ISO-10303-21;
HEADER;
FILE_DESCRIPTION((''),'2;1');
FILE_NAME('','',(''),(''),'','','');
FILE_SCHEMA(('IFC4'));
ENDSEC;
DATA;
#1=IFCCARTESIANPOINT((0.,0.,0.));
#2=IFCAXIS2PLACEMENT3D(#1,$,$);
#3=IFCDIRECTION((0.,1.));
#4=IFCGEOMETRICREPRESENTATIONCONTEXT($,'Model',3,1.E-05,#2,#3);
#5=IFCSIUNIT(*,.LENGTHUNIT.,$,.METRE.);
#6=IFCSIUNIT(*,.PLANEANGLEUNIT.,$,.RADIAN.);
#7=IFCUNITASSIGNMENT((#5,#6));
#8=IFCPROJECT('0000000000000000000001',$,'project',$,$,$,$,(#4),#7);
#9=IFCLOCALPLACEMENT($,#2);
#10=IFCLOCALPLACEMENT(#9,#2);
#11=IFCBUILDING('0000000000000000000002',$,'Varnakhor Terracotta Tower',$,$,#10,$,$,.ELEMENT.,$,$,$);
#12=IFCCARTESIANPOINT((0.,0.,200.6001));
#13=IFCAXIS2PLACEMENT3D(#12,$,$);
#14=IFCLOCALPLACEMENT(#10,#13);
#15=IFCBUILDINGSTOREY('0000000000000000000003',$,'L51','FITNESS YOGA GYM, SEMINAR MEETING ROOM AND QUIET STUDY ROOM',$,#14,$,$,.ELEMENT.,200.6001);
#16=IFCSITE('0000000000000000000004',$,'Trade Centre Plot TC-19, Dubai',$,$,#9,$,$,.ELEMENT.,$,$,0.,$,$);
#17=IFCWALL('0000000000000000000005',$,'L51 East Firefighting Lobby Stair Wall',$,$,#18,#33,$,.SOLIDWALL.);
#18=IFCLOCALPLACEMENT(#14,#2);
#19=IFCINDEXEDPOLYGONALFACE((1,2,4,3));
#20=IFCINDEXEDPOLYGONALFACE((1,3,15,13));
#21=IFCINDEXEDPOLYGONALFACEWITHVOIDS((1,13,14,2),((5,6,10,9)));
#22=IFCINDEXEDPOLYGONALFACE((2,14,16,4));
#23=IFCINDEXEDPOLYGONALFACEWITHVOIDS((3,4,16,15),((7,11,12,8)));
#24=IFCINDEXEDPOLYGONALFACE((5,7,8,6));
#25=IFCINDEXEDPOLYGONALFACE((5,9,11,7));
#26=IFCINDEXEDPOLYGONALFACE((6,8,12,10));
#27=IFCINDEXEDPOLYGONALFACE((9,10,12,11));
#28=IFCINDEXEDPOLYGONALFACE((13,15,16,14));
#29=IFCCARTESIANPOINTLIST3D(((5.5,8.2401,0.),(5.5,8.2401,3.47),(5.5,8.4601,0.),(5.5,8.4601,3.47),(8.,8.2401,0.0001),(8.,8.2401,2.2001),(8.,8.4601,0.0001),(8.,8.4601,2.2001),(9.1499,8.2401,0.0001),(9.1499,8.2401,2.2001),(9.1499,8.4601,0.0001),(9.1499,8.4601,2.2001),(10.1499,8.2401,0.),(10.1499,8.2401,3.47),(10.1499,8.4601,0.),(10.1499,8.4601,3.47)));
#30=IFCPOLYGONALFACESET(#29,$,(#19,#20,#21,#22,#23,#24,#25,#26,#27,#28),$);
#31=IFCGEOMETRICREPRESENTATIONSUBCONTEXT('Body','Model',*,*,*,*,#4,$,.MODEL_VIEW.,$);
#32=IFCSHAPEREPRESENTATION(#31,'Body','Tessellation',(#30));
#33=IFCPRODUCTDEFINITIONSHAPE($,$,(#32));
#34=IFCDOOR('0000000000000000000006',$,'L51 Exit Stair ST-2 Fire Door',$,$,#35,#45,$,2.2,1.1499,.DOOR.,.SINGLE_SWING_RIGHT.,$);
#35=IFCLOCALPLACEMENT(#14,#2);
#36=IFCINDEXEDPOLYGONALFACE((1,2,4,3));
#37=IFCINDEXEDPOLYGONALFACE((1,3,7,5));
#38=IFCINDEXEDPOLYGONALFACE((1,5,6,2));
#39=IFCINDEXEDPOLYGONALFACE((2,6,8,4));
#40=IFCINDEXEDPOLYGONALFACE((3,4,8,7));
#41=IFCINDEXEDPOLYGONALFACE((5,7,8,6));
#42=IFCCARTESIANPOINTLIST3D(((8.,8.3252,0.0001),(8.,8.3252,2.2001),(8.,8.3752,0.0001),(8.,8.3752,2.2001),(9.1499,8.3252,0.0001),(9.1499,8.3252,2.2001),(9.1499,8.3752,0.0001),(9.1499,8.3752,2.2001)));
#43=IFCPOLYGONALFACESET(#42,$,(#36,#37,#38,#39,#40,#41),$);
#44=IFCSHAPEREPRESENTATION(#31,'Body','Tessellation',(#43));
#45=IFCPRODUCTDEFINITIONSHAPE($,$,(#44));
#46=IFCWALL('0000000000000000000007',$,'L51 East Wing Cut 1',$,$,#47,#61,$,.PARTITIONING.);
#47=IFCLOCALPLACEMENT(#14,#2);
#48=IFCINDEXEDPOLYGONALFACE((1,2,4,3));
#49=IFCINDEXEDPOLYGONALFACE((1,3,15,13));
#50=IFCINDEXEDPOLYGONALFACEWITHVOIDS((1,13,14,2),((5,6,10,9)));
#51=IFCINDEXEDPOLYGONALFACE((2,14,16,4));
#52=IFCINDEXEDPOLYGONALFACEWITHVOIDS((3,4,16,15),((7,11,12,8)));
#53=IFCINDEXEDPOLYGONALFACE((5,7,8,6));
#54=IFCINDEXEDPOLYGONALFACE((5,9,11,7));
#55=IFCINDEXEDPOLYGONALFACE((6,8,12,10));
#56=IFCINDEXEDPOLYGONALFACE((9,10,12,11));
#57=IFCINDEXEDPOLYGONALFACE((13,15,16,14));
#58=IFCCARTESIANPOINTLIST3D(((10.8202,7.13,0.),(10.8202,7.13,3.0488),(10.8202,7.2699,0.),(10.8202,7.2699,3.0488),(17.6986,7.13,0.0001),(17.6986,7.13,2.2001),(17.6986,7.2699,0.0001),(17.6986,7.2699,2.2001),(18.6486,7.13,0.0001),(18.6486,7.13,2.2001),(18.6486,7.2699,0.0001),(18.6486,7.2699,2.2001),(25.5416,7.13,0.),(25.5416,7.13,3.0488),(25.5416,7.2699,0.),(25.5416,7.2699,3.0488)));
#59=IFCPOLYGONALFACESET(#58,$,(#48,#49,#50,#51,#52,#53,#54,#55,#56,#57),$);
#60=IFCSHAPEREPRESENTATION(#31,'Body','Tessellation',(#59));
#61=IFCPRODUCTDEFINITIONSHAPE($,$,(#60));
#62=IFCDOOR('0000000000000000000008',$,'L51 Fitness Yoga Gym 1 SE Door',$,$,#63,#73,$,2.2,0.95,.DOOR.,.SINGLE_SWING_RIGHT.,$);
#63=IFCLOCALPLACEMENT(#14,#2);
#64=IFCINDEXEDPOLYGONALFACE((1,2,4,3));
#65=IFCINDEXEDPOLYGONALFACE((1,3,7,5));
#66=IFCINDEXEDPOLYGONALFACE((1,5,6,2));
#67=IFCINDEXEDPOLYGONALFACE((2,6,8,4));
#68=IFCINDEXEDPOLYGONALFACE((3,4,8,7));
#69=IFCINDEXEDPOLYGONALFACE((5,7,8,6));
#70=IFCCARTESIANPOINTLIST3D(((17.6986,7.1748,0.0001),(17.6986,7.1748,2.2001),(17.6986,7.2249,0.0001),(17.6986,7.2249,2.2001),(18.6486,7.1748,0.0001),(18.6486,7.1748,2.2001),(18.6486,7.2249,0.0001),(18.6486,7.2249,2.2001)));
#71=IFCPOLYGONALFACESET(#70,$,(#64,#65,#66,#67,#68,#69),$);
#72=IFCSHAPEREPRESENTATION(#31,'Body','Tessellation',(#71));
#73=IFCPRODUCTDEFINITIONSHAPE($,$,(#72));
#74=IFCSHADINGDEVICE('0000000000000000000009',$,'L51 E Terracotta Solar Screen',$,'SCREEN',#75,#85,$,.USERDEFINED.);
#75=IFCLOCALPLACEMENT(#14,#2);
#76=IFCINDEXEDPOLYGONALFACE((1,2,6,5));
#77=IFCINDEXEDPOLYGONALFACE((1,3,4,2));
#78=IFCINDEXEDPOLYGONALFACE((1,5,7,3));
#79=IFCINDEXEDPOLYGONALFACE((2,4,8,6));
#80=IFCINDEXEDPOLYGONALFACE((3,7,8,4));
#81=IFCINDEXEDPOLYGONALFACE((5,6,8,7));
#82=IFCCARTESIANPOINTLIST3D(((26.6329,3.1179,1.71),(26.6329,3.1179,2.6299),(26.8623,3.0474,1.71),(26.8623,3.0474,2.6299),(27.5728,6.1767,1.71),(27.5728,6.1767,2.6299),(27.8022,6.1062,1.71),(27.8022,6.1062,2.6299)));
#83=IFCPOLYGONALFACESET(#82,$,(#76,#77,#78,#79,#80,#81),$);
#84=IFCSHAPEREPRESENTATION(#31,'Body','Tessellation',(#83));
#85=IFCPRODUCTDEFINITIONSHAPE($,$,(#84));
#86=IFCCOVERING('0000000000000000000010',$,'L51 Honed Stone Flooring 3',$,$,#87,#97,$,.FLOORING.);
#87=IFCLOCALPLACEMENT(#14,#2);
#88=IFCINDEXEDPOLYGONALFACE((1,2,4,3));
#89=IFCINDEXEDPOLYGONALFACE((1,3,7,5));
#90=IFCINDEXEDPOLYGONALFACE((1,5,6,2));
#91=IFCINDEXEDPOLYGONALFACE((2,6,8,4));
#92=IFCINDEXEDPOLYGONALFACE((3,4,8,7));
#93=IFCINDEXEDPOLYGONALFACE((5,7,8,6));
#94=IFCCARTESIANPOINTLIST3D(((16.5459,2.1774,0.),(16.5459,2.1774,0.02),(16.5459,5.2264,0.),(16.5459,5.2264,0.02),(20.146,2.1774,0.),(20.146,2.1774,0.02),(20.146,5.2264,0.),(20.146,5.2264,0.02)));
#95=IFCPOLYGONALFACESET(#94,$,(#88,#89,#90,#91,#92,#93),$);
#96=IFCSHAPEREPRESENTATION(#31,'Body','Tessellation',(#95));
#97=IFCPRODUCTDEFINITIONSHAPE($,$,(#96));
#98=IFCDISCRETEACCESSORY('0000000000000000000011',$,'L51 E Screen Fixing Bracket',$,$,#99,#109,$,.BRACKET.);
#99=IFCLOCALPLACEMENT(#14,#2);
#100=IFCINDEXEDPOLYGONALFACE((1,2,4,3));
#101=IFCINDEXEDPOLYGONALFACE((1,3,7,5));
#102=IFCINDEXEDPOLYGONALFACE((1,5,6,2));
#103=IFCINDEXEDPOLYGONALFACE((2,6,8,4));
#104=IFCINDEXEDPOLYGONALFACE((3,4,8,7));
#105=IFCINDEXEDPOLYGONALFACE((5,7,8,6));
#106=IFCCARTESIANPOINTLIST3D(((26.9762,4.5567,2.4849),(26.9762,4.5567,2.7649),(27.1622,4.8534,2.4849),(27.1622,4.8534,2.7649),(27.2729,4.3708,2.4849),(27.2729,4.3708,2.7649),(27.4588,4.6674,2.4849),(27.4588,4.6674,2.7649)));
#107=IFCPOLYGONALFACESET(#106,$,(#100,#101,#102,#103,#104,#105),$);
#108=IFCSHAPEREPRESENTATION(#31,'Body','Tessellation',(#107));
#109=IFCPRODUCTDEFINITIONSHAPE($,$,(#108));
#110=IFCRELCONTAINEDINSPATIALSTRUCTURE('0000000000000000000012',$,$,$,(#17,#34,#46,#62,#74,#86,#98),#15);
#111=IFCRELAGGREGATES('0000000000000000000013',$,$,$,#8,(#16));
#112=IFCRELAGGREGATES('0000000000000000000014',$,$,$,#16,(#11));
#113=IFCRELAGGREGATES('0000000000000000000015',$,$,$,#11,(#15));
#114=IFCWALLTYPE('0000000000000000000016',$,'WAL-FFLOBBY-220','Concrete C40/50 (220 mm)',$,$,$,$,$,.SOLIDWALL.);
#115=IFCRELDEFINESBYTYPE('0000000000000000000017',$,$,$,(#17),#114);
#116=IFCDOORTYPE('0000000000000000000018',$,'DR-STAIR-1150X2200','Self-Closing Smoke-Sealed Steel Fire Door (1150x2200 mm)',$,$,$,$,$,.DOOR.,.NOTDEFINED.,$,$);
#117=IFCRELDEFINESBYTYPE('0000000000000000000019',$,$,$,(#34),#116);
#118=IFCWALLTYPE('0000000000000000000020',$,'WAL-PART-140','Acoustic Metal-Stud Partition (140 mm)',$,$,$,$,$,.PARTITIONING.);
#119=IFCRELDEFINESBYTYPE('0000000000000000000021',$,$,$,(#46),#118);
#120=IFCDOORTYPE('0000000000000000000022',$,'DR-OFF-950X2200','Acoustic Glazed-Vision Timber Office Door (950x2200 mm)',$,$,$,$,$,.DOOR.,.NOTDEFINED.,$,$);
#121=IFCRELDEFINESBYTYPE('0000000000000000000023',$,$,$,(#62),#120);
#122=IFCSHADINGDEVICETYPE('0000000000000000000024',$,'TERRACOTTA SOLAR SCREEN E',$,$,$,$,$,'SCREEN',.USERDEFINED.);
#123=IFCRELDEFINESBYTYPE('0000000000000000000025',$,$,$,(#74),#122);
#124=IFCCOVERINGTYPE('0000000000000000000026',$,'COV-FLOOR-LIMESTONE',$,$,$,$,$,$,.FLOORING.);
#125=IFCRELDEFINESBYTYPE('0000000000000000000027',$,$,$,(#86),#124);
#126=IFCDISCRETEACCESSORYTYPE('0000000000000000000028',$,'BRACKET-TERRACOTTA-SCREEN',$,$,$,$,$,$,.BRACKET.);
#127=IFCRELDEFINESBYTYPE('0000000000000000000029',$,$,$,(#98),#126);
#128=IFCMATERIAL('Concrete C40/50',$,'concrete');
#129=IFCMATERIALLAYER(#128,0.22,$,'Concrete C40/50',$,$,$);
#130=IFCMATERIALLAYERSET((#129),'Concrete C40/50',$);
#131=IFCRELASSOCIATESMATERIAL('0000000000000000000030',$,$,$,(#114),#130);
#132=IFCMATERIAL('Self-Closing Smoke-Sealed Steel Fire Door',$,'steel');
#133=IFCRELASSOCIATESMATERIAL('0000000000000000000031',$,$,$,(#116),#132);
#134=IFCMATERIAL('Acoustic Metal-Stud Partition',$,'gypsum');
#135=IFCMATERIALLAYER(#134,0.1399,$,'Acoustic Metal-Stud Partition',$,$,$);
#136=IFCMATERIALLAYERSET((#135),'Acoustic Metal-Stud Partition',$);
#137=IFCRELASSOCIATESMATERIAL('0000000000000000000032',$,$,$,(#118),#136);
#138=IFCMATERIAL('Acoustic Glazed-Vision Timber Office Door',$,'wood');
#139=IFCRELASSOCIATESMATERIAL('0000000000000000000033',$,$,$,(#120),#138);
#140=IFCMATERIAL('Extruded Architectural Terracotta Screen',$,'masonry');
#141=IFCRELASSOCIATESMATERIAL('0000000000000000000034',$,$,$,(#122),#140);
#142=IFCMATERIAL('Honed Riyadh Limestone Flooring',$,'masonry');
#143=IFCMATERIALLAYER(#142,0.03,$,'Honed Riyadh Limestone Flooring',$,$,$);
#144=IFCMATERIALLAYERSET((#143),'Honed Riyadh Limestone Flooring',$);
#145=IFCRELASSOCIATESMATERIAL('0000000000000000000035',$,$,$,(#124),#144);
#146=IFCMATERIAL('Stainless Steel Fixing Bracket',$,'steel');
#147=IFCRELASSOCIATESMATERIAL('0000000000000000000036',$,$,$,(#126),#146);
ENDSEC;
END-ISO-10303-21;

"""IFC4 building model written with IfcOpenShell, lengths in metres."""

from ifc_helpers import new_model, si_unit, direction, frame, frame_2d, origin, origin_2d, place, context, subcontext, project, spatial, rectangle, extrude, source, transform, mapped, material, layer, layer_set, type_object, type_shapes, element, fill, save


model = new_model("IFC4")

# Units and contexts
model_context = context("Model", 3, precision=1e-05, world=origin(), true_north=direction((0.0, 1.0)))
body_context = subcontext(model_context, "Body", "Model", "MODEL_VIEW")
ifc_project = project(units=[si_unit("LENGTHUNIT", "METRE"), si_unit("PLANEANGLEUNIT", "RADIAN")], contexts=[model_context])

# Site, building, storey
site_placement = place(None, origin())
site = spatial("IfcSite", under=ifc_project, at=site_placement, Name="Trade Centre Plot TC-19, Dubai", CompositionType="ELEMENT", RefElevation=0.0)
building_placement = place(site_placement, origin())
building = spatial("IfcBuilding", under=site, at=building_placement, Name="Varnakhor Terracotta Tower", CompositionType="ELEMENT")
storey_placement = place(building_placement, frame((0.0, 0.0, 200.6001)))
storey = spatial("IfcBuildingStorey", under=building, at=storey_placement, Name="L51", Description="FITNESS YOGA GYM, SEMINAR MEETING ROOM AND QUIET STUDY ROOM", CompositionType="ELEMENT", Elevation=200.6001)

# Walls, openings, doors
ifc_material_1 = material(Name="Concrete C40/50", Category="concrete")
ifc_layer_1 = layer(ifc_material_1, 0.22, Name="Concrete C40/50")
ifc_layer_set_1 = layer_set([ifc_layer_1], Name="Concrete C40/50")
wall_type_1 = type_object("IfcWallType", Name="WAL-FFLOBBY-220", Description="Concrete C40/50 (220 mm)", PredefinedType="SOLIDWALL", material=ifc_layer_set_1)
wall_1_placement = place(storey_placement, frame((10.1499, 8.3501, 0.0), z_axis=(0.0, 0.0, 1.0), x_axis=(-1.0, 0.0, 0.0)))
wall_1 = element("IfcWall", 1, at=wall_1_placement, inside=storey, type_object=wall_type_1, Name="L51 East Firefighting Lobby Stair Wall", PredefinedType="SOLIDWALL", context=body_context, shape_type="SweptSolid", body=[
    extrude(rectangle(XDim=4.6499, YDim=0.22, at=frame_2d((2.325, 0.0))), origin(), (0.0, 0.0, 1.0), 3.47),
])
opening_1_placement = place(wall_1_placement, frame((1.0, 0.0, 0.0)))
opening_1 = element("IfcOpeningElement", 2, at=opening_1_placement, cuts=wall_1, PredefinedType="OPENING", context=body_context, shape_type="SweptSolid", body=[
    extrude(rectangle(XDim=1.1499, YDim=2.2, at=frame_2d((0.575, 1.1001))), frame((0.0, 0.1201, 0.0), z_axis=(0.0, -1.0, 0.0), x_axis=(1.0, 0.0, 0.0)), (0.0, 0.0, 1.0), 0.24),
])
ifc_material_2 = material(Name="Self-Closing Smoke-Sealed Steel Fire Door", Category="steel")
door_type_1 = type_object("IfcDoorType", Name="DR-STAIR-1150X2200", Description="Self-Closing Smoke-Sealed Steel Fire Door (1150x2200 mm)", OperationType="NOTDEFINED", PredefinedType="DOOR", material=ifc_material_2)
shared_shape_1 = source(origin(), body_context, "Body", "SweptSolid", [
    extrude(rectangle(XDim=1.1499, YDim=2.2, at=frame_2d((0.575, 1.1001))), frame((0.0, 0.0249, 0.0), z_axis=(0.0, -1.0, 0.0), x_axis=(1.0, 0.0, 0.0)), (0.0, 0.0, 1.0), 0.05),
])
type_shapes(door_type_1, [shared_shape_1])
door_1_placement = place(opening_1_placement, origin())
door_1 = element("IfcDoor", 3, at=door_1_placement, inside=storey, type_object=door_type_1, Name="L51 Exit Stair ST-2 Fire Door", OperationType="SINGLE_SWING_RIGHT", OverallHeight=2.2, OverallWidth=1.1499, PredefinedType="DOOR", context=body_context, shape_type="MappedRepresentation", body=[
    mapped(shared_shape_1, transform((0.0, 0.0, 0.0), scale=1.0)),
])
fill(opening_1, door_1)
ifc_material_3 = material(Name="Acoustic Metal-Stud Partition", Category="gypsum")
ifc_layer_2 = layer(ifc_material_3, 0.1399, Name="Acoustic Metal-Stud Partition")
ifc_layer_set_2 = layer_set([ifc_layer_2], Name="Acoustic Metal-Stud Partition")
wall_type_2 = type_object("IfcWallType", Name="WAL-PART-140", Description="Acoustic Metal-Stud Partition (140 mm)", PredefinedType="PARTITIONING", material=ifc_layer_set_2)
wall_2_placement = place(storey_placement, frame((10.8201, 7.2, 0.0), z_axis=(0.0, 0.0, 1.0), x_axis=(1.0, 0.0, 0.0)))
wall_2 = element("IfcWall", 4, at=wall_2_placement, inside=storey, type_object=wall_type_2, Name="L51 East Wing Cut 1", PredefinedType="PARTITIONING", context=body_context, shape_type="SweptSolid", body=[
    extrude(rectangle(XDim=14.7214, YDim=0.1399, at=frame_2d((7.3608, 0.0))), origin(), (0.0, 0.0, 1.0), 3.0488),
])
opening_2_placement = place(wall_2_placement, frame((6.8784, 0.0, 0.0)))
opening_2 = element("IfcOpeningElement", 5, at=opening_2_placement, cuts=wall_2, PredefinedType="OPENING", context=body_context, shape_type="SweptSolid", body=[
    extrude(rectangle(XDim=0.95, YDim=2.2, at=frame_2d((0.4751, 1.1001))), frame((0.0, 0.0801, 0.0), z_axis=(0.0, -1.0, 0.0), x_axis=(1.0, 0.0, 0.0)), (0.0, 0.0, 1.0), 0.1599),
])
ifc_material_4 = material(Name="Acoustic Glazed-Vision Timber Office Door", Category="wood")
door_type_2 = type_object("IfcDoorType", Name="DR-OFF-950X2200", Description="Acoustic Glazed-Vision Timber Office Door (950x2200 mm)", OperationType="NOTDEFINED", PredefinedType="DOOR", material=ifc_material_4)
shared_shape_2 = source(origin(), body_context, "Body", "SweptSolid", [
    extrude(rectangle(XDim=0.95, YDim=2.2, at=frame_2d((0.4751, 1.1001))), frame((0.0, 0.0249, 0.0), z_axis=(0.0, -1.0, 0.0), x_axis=(1.0, 0.0, 0.0)), (0.0, 0.0, 1.0), 0.05),
])
type_shapes(door_type_2, [shared_shape_2])
door_2_placement = place(opening_2_placement, origin())
door_2 = element("IfcDoor", 6, at=door_2_placement, inside=storey, type_object=door_type_2, Name="L51 Fitness Yoga Gym 1 SE Door", OperationType="SINGLE_SWING_RIGHT", OverallHeight=2.2, OverallWidth=0.95, PredefinedType="DOOR", context=body_context, shape_type="MappedRepresentation", body=[
    mapped(shared_shape_2, transform((0.0, 0.0, 0.0), scale=1.0)),
])
fill(opening_2, door_2)

# Shading device
ifc_material_5 = material(Name="Extruded Architectural Terracotta Screen", Category="masonry")
shading_device_type = type_object("IfcShadingDeviceType", Name="TERRACOTTA SOLAR SCREEN E", ElementType="SCREEN", PredefinedType="USERDEFINED", material=ifc_material_5)
shared_shape_3 = source(origin(), body_context, "Body", "SweptSolid", [
    extrude(rectangle(XDim=3.2, YDim=0.24, at=origin_2d()), origin(), (0.0, 0.0, 1.0), 0.9199),
])
type_shapes(shading_device_type, [shared_shape_3])
shading_device_placement = place(storey_placement, frame((27.2175, 4.6121, 1.71), z_axis=(0.0, 0.0, 1.0), x_axis=(0.293723, 0.95589, 0.0)))
element("IfcShadingDevice", 7, at=shading_device_placement, inside=storey, type_object=shading_device_type, Name="L51 E Terracotta Solar Screen", ObjectType="SCREEN", PredefinedType="USERDEFINED", context=body_context, shape_type="MappedRepresentation", body=[
    mapped(shared_shape_3, transform((0.0, 0.0, 0.0), scale=1.0)),
])

# Covering
ifc_material_6 = material(Name="Honed Riyadh Limestone Flooring", Category="masonry")
ifc_layer_3 = layer(ifc_material_6, 0.03, Name="Honed Riyadh Limestone Flooring")
ifc_layer_set_3 = layer_set([ifc_layer_3], Name="Honed Riyadh Limestone Flooring")
covering_type = type_object("IfcCoveringType", Name="COV-FLOOR-LIMESTONE", PredefinedType="FLOORING", material=ifc_layer_set_3)
shared_shape_4 = source(origin(), body_context, "Body", "SweptSolid", [
    extrude(rectangle(XDim=3.6001, YDim=3.0491, at=origin_2d()), origin(), (0.0, 0.0, 1.0), 0.02),
])
covering_placement = place(storey_placement, frame((18.3459, 3.7019, 0.0), z_axis=(0.0, 0.0, 1.0), x_axis=(1.0, 0.0, 0.0)))
element("IfcCovering", 8, at=covering_placement, inside=storey, type_object=covering_type, Name="L51 Honed Stone Flooring 3", PredefinedType="FLOORING", context=body_context, shape_type="MappedRepresentation", body=[
    mapped(shared_shape_4, transform((0.0, 0.0, 0.0), scale=1.0)),
])

# Discrete accessory
ifc_material_7 = material(Name="Stainless Steel Fixing Bracket", Category="steel")
discrete_accessory_type = type_object("IfcDiscreteAccessoryType", Name="BRACKET-TERRACOTTA-SCREEN", PredefinedType="BRACKET", material=ifc_material_7)
shared_shape_5 = source(origin(), body_context, "Body", "SweptSolid", [
    extrude(rectangle(XDim=0.3501, YDim=0.3501, at=origin_2d()), origin(), (0.0, 0.0, 1.0), 0.28),
])
type_shapes(discrete_accessory_type, [shared_shape_5])
discrete_accessory_placement = place(storey_placement, frame((27.2175, 4.6121, 2.4849), z_axis=(0.0, 0.0, 1.0), x_axis=(0.531118, 0.847298, 0.0)))
element("IfcDiscreteAccessory", 9, at=discrete_accessory_placement, inside=storey, type_object=discrete_accessory_type, Name="L51 E Screen Fixing Bracket", PredefinedType="BRACKET", context=body_context, shape_type="MappedRepresentation", body=[
    mapped(shared_shape_5, transform((0.0, 0.0, 0.0), scale=1.0)),
])

save(model, "model.ifc")
